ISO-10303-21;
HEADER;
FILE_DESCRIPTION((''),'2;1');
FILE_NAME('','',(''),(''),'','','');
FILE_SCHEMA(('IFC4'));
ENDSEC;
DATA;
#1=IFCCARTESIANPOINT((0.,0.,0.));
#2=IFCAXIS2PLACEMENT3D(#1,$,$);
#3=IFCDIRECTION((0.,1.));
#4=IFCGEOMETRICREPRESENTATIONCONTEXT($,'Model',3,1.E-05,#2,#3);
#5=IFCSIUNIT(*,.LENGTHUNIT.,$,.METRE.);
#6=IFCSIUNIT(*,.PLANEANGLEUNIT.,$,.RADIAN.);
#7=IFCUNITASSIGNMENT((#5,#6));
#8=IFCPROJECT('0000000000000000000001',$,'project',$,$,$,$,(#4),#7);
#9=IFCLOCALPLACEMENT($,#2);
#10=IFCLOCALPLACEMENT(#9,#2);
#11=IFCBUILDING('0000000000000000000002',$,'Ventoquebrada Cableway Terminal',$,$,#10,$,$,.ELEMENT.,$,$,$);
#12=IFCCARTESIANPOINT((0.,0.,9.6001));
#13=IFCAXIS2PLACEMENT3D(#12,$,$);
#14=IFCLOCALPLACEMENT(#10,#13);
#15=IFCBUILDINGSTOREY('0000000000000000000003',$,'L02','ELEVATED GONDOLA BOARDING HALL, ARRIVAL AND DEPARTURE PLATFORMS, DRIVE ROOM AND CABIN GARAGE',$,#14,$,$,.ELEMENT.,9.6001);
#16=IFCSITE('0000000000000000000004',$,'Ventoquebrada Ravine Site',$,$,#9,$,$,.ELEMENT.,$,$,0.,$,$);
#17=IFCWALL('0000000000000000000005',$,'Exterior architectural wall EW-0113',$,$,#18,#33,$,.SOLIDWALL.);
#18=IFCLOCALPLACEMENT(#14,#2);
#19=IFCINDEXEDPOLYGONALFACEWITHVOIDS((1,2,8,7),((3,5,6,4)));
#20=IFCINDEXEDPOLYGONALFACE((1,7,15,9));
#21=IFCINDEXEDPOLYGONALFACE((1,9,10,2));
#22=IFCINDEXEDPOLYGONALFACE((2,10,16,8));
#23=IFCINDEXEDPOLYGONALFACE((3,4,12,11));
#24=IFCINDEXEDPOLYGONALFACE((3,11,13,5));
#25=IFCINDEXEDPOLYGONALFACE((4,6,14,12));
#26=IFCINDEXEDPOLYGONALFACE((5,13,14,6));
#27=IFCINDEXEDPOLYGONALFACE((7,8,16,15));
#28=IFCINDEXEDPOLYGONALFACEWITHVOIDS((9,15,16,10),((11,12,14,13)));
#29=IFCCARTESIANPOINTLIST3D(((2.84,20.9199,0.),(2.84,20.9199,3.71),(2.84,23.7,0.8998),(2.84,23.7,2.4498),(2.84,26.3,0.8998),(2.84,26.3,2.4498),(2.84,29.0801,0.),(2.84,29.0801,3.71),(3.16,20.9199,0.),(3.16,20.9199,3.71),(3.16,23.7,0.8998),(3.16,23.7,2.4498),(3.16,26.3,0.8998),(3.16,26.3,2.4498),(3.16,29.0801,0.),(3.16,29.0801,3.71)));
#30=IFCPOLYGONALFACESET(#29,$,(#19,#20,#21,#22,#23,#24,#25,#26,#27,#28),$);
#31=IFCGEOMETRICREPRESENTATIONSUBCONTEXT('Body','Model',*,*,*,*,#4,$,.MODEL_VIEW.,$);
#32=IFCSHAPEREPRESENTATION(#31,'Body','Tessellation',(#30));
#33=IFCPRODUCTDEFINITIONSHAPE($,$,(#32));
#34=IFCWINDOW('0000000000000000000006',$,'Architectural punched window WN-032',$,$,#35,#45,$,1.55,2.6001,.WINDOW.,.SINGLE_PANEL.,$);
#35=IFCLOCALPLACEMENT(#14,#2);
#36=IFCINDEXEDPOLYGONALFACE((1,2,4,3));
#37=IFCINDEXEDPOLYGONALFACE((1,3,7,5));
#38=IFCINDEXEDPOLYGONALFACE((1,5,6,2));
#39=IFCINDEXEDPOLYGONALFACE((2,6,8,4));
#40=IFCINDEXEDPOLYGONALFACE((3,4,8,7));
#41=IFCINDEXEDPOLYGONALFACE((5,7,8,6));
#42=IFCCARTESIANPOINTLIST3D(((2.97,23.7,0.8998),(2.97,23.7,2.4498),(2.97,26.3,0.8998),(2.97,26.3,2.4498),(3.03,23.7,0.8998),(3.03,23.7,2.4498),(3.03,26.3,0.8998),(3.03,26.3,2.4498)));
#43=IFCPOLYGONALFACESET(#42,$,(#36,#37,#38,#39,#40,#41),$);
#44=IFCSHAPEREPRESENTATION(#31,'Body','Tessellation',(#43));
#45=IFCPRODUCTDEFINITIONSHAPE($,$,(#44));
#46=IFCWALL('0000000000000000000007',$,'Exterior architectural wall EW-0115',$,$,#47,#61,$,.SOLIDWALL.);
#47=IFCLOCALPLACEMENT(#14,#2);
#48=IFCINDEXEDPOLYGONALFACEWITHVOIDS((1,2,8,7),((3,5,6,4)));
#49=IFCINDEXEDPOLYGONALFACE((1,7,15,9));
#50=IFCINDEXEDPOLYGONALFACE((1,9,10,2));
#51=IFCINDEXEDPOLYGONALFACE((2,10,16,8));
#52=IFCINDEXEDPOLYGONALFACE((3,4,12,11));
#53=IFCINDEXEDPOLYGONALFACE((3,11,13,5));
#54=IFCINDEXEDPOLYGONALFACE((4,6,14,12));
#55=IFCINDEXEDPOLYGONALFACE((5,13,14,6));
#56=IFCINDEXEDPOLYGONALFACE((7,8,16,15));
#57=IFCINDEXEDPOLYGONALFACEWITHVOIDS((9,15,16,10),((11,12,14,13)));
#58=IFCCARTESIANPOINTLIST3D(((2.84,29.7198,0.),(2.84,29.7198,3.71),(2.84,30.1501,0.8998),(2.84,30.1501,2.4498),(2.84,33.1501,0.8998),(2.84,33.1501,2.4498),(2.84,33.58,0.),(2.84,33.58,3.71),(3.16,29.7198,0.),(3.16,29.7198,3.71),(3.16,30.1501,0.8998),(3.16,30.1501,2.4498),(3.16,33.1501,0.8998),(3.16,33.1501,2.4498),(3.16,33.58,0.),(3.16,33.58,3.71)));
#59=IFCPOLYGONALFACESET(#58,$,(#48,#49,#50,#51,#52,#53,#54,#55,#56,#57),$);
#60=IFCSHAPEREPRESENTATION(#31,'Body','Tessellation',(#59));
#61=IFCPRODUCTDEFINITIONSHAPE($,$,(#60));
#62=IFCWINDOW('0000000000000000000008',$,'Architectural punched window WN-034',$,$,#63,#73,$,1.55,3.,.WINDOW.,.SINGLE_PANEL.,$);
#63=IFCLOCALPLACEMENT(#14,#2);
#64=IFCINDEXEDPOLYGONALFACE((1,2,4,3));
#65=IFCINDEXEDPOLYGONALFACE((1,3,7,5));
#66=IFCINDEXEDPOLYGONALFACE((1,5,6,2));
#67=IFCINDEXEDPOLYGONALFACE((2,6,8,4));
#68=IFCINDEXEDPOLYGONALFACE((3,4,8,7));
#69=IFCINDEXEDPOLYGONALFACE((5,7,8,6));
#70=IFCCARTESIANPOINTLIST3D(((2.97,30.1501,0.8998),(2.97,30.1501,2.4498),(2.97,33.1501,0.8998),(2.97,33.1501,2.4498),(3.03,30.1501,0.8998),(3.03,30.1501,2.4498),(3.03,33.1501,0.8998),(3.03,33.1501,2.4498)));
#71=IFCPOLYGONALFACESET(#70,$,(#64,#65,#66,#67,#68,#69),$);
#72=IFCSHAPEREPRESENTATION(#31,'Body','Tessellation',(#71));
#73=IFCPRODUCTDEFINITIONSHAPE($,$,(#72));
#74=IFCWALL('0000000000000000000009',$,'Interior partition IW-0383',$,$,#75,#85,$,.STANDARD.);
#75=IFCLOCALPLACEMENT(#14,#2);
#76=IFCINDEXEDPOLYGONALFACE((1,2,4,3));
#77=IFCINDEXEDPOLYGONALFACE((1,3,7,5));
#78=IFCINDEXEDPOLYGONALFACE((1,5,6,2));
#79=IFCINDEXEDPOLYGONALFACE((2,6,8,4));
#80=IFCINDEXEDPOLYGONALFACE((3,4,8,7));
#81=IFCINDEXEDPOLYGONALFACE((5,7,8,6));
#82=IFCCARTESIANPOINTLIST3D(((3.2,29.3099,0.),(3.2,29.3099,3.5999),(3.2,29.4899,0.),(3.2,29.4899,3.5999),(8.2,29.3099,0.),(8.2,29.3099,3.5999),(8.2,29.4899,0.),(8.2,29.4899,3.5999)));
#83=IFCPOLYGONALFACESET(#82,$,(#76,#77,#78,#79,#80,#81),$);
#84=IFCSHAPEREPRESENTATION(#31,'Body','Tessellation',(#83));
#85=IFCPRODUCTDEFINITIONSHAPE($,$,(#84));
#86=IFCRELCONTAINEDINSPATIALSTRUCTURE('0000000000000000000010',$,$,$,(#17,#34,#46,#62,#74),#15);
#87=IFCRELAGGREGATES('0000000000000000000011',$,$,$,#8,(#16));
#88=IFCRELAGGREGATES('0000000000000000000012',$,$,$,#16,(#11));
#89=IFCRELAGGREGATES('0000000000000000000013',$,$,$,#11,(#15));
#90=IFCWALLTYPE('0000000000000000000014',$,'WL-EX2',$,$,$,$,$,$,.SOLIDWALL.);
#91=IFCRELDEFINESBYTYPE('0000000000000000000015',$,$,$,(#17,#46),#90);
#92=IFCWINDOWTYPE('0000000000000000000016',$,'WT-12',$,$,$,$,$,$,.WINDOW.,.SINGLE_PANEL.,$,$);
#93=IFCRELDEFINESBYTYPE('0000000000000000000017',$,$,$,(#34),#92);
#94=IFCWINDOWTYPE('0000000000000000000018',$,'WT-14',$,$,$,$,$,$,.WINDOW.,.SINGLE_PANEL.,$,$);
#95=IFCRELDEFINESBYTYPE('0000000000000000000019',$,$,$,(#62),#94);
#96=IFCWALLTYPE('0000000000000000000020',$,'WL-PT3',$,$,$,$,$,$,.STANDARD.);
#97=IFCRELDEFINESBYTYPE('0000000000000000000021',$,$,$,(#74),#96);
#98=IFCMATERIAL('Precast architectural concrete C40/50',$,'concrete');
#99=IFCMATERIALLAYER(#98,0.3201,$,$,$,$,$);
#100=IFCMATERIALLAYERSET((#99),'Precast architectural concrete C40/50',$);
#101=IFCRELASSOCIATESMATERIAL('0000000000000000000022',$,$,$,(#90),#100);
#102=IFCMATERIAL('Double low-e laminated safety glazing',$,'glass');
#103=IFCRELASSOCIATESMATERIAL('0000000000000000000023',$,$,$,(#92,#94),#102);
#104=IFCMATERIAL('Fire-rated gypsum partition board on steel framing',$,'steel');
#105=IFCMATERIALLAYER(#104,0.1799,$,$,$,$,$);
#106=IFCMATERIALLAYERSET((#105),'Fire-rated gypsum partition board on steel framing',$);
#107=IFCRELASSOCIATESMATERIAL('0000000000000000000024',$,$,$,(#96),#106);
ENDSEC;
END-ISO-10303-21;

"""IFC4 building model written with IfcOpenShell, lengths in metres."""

from ifc_helpers import new_model, si_unit, direction, frame, frame_2d, origin, place, context, subcontext, project, spatial, rectangle, extrude, material, layer, layer_set, type_object, element, fill, save


model = new_model("IFC4")

# Units and contexts
model_context = context("Model", 3, precision=1e-05, world=origin(), true_north=direction((0.0, 1.0)))
body_context = subcontext(model_context, "Body", "Model", "MODEL_VIEW")
ifc_project = project(units=[si_unit("LENGTHUNIT", "METRE"), si_unit("PLANEANGLEUNIT", "RADIAN")], contexts=[model_context])

# Site, building, storey
site_placement = place(None, origin())
site = spatial("IfcSite", under=ifc_project, at=site_placement, Name="Ventoquebrada Ravine Site", CompositionType="ELEMENT", RefElevation=0.0)
building_placement = place(site_placement, origin())
building = spatial("IfcBuilding", under=site, at=building_placement, Name="Ventoquebrada Cableway Terminal", CompositionType="ELEMENT")
storey_placement = place(building_placement, frame((0.0, 0.0, 9.6001)))
storey = spatial("IfcBuildingStorey", under=building, at=storey_placement, Name="L02", Description="ELEVATED GONDOLA BOARDING HALL, ARRIVAL AND DEPARTURE PLATFORMS, DRIVE ROOM AND CABIN GARAGE", CompositionType="ELEMENT", Elevation=9.6001)

# Walls, openings, windows
ifc_material_1 = material(Name="Precast architectural concrete C40/50", Category="concrete")
ifc_material_2 = material(Name="Double low-e laminated safety glazing", Category="glass")
ifc_layer_1 = layer(ifc_material_1, 0.3201)
ifc_layer_set_1 = layer_set([ifc_layer_1], Name="Precast architectural concrete C40/50")
wall_type_1 = type_object("IfcWallType", Name="WL-EX2", PredefinedType="SOLIDWALL", material=ifc_layer_set_1)
wall_1_placement = place(storey_placement, frame((3.0, 29.0801, 0.0), z_axis=(0.0, 0.0, 1.0), x_axis=(0.0, -1.0, 0.0)))
wall_1 = element("IfcWall", 1, at=wall_1_placement, inside=storey, type_object=wall_type_1, Name="Exterior architectural wall EW-0113", PredefinedType="SOLIDWALL", context=body_context, shape_type="SweptSolid", body=[
    extrude(rectangle(XDim=8.1602, YDim=0.3201, at=frame_2d((4.0801, 0.0))), origin(), (0.0, 0.0, 1.0), 3.71),
])
opening_1_placement = place(wall_1_placement, frame((2.78, 0.0, 0.8999)))
opening_1 = element("IfcOpeningElement", 2, at=opening_1_placement, cuts=wall_1, PredefinedType="OPENING", context=body_context, shape_type="SweptSolid", body=[
    extrude(rectangle(XDim=2.6001, YDim=1.55, at=frame_2d((1.3, 0.7749))), frame((0.0, 0.1699, 0.0), z_axis=(0.0, -1.0, 0.0), x_axis=(1.0, 0.0, 0.0)), (0.0, 0.0, 1.0), 0.3401),
])
window_type_1 = type_object("IfcWindowType", Name="WT-12", PartitioningType="SINGLE_PANEL", PredefinedType="WINDOW", material=ifc_material_2)
window_1_placement = place(opening_1_placement, origin())
window_1 = element("IfcWindow", 3, at=window_1_placement, inside=storey, type_object=window_type_1, Name="Architectural punched window WN-032", OverallHeight=1.55, OverallWidth=2.6001, PartitioningType="SINGLE_PANEL", PredefinedType="WINDOW", context=body_context, shape_type="SweptSolid", body=[
    extrude(rectangle(XDim=2.6001, YDim=1.55, at=frame_2d((1.3, 0.7749))), frame((0.0, 0.03, 0.0), z_axis=(0.0, -1.0, 0.0), x_axis=(1.0, 0.0, 0.0)), (0.0, 0.0, 1.0), 0.0601),
])
fill(opening_1, window_1)
wall_2_placement = place(storey_placement, frame((3.0, 33.5801, 0.0), z_axis=(0.0, 0.0, 1.0), x_axis=(0.0, -1.0, 0.0)))
wall_2 = element("IfcWall", 4, at=wall_2_placement, inside=storey, type_object=wall_type_1, Name="Exterior architectural wall EW-0115", PredefinedType="SOLIDWALL", context=body_context, shape_type="SweptSolid", body=[
    extrude(rectangle(XDim=3.8601, YDim=0.3201, at=frame_2d((1.9302, 0.0))), origin(), (0.0, 0.0, 1.0), 3.71),
])
opening_2_placement = place(wall_2_placement, frame((0.4299, 0.0, 0.8999)))
opening_2 = element("IfcOpeningElement", 5, at=opening_2_placement, cuts=wall_2, PredefinedType="OPENING", context=body_context, shape_type="SweptSolid", body=[
    extrude(rectangle(XDim=3.0, YDim=1.55, at=frame_2d((1.5, 0.7749))), frame((0.0, 0.1699, 0.0), z_axis=(0.0, -1.0, 0.0), x_axis=(1.0, 0.0, 0.0)), (0.0, 0.0, 1.0), 0.3401),
])
window_type_2 = type_object("IfcWindowType", Name="WT-14", PartitioningType="SINGLE_PANEL", PredefinedType="WINDOW", material=ifc_material_2)
window_2_placement = place(opening_2_placement, origin())
window_2 = element("IfcWindow", 6, at=window_2_placement, inside=storey, type_object=window_type_2, Name="Architectural punched window WN-034", OverallHeight=1.55, OverallWidth=3.0, PartitioningType="SINGLE_PANEL", PredefinedType="WINDOW", context=body_context, shape_type="SweptSolid", body=[
    extrude(rectangle(XDim=3.0, YDim=1.55, at=frame_2d((1.5, 0.7749))), frame((0.0, 0.03, 0.0), z_axis=(0.0, -1.0, 0.0), x_axis=(1.0, 0.0, 0.0)), (0.0, 0.0, 1.0), 0.0601),
])
fill(opening_2, window_2)

# Wall
ifc_material_3 = material(Name="Fire-rated gypsum partition board on steel framing", Category="steel")
ifc_layer_2 = layer(ifc_material_3, 0.1799)
ifc_layer_set_2 = layer_set([ifc_layer_2], Name="Fire-rated gypsum partition board on steel framing")
wall_type_2 = type_object("IfcWallType", Name="WL-PT3", PredefinedType="STANDARD", material=ifc_layer_set_2)
wall_3_placement = place(storey_placement, frame((3.2, 29.3999, 0.0), z_axis=(0.0, 0.0, 1.0), x_axis=(1.0, 0.0, 0.0)))
element("IfcWall", 7, at=wall_3_placement, inside=storey, type_object=wall_type_2, Name="Interior partition IW-0383", PredefinedType="STANDARD", context=body_context, shape_type="SweptSolid", body=[
    extrude(rectangle(XDim=5.0, YDim=0.1799, at=frame_2d((2.5, 0.0))), origin(), (0.0, 0.0, 1.0), 3.5999),
])

save(model, "model.ifc")
